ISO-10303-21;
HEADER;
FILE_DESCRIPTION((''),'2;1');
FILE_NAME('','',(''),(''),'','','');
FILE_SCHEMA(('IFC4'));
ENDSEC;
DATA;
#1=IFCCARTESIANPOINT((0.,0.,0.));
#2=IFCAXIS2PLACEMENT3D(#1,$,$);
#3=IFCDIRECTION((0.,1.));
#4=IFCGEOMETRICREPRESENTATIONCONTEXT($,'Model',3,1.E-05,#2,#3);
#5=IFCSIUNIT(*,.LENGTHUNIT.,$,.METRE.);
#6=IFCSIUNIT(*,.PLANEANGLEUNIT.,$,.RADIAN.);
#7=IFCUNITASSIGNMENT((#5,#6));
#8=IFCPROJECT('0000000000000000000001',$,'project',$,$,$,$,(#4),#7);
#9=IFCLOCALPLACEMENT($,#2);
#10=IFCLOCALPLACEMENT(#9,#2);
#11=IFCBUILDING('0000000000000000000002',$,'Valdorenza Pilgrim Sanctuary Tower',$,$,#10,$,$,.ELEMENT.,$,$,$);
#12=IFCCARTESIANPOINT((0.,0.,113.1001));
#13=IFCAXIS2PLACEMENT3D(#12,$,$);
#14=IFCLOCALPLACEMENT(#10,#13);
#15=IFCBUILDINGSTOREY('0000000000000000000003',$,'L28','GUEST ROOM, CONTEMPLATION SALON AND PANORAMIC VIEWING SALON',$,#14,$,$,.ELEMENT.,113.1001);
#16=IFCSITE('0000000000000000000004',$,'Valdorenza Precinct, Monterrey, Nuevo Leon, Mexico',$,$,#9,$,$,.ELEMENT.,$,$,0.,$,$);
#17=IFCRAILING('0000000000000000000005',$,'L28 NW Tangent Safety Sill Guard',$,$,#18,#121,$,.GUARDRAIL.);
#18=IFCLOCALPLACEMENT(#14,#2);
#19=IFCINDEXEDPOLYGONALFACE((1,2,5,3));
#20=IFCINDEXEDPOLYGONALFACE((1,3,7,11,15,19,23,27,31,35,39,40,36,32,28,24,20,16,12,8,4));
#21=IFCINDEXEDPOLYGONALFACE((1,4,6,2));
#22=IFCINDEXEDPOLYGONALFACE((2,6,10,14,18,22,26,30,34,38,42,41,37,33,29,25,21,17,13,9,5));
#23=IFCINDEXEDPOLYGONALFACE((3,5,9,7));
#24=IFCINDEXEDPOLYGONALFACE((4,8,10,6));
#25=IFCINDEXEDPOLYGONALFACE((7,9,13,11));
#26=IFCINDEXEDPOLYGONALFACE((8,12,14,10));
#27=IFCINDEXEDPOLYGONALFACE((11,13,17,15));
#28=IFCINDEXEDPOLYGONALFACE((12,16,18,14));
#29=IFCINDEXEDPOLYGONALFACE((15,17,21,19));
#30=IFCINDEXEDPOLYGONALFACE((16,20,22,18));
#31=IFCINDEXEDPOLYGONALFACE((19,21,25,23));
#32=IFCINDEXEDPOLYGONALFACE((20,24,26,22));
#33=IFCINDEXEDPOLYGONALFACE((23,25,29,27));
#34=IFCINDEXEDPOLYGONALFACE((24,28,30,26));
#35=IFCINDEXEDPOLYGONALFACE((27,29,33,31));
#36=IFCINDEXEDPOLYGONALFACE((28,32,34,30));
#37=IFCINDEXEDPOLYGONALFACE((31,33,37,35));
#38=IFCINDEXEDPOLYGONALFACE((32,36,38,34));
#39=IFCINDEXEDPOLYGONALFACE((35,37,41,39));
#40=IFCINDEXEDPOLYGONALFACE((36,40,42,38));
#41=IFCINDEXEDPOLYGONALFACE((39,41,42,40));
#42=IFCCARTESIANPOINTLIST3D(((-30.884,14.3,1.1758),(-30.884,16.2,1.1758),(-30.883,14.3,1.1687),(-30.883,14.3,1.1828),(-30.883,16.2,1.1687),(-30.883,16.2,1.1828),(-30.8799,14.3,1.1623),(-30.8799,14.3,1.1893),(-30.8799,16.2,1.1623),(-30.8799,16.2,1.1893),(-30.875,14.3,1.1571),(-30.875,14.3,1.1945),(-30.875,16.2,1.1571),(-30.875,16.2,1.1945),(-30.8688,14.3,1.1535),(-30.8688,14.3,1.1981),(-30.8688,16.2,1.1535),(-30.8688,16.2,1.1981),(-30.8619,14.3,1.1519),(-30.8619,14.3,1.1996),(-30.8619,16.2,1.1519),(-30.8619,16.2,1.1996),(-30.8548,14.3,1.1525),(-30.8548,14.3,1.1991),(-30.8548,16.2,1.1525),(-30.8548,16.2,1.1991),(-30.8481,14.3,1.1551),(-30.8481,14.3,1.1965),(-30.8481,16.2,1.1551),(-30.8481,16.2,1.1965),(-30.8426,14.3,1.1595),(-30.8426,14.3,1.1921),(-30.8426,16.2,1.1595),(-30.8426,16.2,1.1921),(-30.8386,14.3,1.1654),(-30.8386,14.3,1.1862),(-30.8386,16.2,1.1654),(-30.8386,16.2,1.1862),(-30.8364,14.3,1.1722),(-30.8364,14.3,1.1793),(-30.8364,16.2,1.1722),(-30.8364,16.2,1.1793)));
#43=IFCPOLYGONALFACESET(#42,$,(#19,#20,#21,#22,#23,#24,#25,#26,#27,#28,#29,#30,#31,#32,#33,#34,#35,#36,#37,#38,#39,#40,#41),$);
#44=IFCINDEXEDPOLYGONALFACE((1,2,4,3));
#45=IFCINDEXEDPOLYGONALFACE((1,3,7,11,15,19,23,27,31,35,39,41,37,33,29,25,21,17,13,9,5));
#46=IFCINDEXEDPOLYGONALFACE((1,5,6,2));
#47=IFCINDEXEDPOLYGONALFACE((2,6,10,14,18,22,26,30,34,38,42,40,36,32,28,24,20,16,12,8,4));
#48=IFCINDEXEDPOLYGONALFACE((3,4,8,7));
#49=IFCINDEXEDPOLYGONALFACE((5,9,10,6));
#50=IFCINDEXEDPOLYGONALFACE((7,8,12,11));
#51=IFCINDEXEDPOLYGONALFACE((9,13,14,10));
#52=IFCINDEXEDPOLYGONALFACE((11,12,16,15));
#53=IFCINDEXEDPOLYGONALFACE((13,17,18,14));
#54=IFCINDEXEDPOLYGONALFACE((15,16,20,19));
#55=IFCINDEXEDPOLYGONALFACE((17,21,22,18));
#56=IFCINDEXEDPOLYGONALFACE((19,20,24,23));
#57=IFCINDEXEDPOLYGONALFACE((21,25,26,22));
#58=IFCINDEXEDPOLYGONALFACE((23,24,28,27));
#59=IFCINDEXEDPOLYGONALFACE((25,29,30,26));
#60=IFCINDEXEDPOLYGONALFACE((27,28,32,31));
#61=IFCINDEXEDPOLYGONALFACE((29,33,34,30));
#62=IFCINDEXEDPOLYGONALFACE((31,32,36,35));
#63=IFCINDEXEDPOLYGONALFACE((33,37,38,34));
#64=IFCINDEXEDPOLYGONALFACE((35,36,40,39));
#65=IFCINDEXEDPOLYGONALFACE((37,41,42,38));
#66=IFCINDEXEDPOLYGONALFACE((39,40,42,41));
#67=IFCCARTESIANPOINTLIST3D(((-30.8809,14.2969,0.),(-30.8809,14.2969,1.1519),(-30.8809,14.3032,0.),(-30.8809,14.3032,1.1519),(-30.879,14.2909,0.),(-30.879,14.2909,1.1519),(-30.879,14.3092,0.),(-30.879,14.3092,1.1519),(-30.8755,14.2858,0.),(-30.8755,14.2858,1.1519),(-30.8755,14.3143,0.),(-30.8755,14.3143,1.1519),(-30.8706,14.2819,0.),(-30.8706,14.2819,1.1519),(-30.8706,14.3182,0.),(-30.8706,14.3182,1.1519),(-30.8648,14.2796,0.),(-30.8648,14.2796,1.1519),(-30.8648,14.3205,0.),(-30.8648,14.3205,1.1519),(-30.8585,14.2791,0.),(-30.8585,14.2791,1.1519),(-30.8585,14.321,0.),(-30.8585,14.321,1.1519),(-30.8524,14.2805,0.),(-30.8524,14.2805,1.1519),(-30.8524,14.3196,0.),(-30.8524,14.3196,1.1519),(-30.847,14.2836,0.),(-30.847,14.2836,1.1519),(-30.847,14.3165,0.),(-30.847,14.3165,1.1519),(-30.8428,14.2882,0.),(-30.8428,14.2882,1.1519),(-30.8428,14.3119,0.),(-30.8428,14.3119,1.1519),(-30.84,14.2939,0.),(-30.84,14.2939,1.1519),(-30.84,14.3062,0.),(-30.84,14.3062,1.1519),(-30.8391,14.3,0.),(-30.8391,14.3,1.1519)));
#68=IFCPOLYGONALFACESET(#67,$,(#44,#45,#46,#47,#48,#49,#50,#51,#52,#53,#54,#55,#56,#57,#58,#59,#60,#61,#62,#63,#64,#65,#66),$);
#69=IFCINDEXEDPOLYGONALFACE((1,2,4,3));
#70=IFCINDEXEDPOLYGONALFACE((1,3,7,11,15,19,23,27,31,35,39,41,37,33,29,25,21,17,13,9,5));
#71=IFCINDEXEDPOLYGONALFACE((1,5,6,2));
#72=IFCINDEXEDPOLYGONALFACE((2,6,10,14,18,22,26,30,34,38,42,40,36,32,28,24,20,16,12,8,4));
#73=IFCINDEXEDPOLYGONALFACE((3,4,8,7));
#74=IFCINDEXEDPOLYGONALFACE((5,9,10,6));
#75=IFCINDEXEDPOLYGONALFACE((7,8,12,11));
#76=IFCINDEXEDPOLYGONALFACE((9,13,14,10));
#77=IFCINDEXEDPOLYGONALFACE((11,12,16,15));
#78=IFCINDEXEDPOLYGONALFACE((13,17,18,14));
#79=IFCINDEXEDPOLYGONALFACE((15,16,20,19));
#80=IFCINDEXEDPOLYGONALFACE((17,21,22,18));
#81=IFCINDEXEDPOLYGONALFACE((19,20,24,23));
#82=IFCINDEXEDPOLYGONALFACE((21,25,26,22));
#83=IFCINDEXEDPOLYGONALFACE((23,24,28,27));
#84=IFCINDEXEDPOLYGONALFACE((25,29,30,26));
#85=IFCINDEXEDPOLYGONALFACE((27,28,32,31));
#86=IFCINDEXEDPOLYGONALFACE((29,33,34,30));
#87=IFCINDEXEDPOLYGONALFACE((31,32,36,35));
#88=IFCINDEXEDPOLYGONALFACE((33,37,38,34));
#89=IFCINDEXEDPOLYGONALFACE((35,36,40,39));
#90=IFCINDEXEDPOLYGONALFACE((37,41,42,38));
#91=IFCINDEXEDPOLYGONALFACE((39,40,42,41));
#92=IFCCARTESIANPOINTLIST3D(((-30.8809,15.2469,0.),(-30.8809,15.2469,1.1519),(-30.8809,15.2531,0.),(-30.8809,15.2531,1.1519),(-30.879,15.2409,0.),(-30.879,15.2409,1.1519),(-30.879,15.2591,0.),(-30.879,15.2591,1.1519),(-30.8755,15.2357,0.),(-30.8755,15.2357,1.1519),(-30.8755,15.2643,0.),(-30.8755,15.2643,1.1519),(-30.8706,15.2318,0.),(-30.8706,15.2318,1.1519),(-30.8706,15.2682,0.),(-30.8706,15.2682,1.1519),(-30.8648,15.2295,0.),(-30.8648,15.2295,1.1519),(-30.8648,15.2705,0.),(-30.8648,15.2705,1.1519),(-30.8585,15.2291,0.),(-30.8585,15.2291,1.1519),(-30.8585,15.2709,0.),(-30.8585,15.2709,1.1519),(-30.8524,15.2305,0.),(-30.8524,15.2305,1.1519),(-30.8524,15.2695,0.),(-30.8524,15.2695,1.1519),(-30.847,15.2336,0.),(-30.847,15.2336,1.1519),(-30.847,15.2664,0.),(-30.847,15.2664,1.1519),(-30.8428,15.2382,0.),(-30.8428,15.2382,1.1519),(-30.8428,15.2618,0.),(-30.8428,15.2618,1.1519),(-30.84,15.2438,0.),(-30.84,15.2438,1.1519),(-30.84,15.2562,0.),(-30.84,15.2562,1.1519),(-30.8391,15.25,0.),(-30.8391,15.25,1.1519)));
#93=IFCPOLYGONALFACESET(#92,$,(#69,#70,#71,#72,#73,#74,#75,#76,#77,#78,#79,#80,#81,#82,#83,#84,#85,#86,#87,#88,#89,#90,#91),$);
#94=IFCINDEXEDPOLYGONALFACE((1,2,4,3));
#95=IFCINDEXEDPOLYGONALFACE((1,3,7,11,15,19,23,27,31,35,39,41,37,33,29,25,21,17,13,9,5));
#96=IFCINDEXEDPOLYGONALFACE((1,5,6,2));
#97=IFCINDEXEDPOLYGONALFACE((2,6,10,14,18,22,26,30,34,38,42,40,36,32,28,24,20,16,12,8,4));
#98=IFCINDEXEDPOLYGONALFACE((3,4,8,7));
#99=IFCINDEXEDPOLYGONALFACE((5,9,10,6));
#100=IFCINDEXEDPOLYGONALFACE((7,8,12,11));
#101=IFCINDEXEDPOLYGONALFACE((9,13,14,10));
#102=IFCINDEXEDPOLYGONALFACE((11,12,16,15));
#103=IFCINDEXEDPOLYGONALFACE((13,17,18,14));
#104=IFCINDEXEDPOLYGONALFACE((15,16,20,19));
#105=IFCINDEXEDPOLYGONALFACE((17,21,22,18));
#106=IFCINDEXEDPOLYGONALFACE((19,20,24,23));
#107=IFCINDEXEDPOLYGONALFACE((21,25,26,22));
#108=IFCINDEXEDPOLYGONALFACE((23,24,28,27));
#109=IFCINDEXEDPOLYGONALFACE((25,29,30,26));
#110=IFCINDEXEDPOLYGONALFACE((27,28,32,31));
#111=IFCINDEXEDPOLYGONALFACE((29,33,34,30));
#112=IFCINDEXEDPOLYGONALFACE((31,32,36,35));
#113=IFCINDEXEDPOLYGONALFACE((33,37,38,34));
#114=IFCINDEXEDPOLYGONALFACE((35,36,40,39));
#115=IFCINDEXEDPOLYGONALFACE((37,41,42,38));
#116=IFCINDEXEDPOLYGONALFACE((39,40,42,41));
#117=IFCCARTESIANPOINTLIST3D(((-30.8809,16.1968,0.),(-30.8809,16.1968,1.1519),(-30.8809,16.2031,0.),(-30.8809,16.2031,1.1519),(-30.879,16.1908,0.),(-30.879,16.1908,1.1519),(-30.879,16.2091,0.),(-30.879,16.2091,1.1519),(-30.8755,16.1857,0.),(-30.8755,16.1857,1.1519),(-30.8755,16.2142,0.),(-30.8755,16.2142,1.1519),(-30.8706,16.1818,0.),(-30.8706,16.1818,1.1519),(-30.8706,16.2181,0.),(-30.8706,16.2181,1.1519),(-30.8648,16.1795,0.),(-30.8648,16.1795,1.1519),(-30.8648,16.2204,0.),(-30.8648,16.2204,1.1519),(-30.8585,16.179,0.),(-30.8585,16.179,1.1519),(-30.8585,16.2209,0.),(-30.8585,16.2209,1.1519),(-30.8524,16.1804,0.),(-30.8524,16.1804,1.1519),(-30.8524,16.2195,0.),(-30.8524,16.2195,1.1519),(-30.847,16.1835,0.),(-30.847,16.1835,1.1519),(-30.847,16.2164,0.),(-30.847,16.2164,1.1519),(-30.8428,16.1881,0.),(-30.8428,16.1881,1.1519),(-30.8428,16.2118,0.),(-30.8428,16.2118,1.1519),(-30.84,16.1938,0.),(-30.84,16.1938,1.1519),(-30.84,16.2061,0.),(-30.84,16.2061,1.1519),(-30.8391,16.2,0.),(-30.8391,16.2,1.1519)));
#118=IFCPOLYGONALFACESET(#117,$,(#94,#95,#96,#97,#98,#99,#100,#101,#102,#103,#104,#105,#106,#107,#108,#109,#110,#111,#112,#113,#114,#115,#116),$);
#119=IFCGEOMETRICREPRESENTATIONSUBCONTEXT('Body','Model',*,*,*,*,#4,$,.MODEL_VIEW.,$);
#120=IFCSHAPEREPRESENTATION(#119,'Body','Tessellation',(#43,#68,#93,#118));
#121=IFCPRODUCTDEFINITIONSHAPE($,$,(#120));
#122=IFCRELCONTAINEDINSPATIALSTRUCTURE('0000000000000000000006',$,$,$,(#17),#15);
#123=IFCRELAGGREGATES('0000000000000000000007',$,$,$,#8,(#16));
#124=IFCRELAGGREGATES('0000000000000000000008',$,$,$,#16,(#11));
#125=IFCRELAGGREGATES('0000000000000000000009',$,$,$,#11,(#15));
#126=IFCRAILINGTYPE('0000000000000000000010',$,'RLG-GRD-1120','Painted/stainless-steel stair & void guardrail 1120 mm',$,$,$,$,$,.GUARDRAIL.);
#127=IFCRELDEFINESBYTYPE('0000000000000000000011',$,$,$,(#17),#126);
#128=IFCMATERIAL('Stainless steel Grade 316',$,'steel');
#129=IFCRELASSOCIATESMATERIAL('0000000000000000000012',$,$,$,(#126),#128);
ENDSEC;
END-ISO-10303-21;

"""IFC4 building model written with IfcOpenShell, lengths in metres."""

from ifc_helpers import new_model, si_unit, direction, frame, origin, origin_2d, place, context, subcontext, project, spatial, circle, extrude, material, type_object, element, save


model = new_model("IFC4")

# Units and contexts
model_context = context("Model", 3, precision=1e-05, world=origin(), true_north=direction((0.0, 1.0)))
body_context = subcontext(model_context, "Body", "Model", "MODEL_VIEW")
ifc_project = project(units=[si_unit("LENGTHUNIT", "METRE"), si_unit("PLANEANGLEUNIT", "RADIAN")], contexts=[model_context])

# Site, building, storey
site_placement = place(None, origin())
site = spatial("IfcSite", under=ifc_project, at=site_placement, Name="Valdorenza Precinct, Monterrey, Nuevo Leon, Mexico", CompositionType="ELEMENT", RefElevation=0.0)
building_placement = place(site_placement, origin())
building = spatial("IfcBuilding", under=site, at=building_placement, Name="Valdorenza Pilgrim Sanctuary Tower", CompositionType="ELEMENT")
storey_placement = place(building_placement, frame((0.0, 0.0, 113.1001)))
storey = spatial("IfcBuildingStorey", under=building, at=storey_placement, Name="L28", Description="GUEST ROOM, CONTEMPLATION SALON AND PANORAMIC VIEWING SALON", CompositionType="ELEMENT", Elevation=113.1001)

# Railing
ifc_material_1 = material(Name="Stainless steel Grade 316", Category="steel")
railing_type = type_object("IfcRailingType", Name="RLG-GRD-1120", Description="Painted/stainless-steel stair & void guardrail 1120 mm", PredefinedType="GUARDRAIL", material=ifc_material_1)
railing_placement = place(storey_placement, frame((-30.8601, 14.3, 0.0)))
element("IfcRailing", 1, at=railing_placement, inside=storey, type_object=railing_type, Name="L28 NW Tangent Safety Sill Guard", PredefinedType="GUARDRAIL", context=body_context, shape_type="SweptSolid", body=[
    extrude(circle(Radius=0.0239, at=origin_2d()), frame((0.0, 0.0, 1.1758), z_axis=(0.0, 1.0, 0.0), x_axis=(-1.0, 0.0, 0.0)), (0.0, 0.0, 1.0), 1.8999),
    extrude(circle(Radius=0.021, at=origin_2d()), origin(), (0.0, 0.0, 1.0), 1.1519),
    extrude(circle(Radius=0.021, at=origin_2d()), frame((0.0, 0.95, 0.0)), (0.0, 0.0, 1.0), 1.1519),
    extrude(circle(Radius=0.021, at=origin_2d()), frame((0.0, 1.8999, 0.0)), (0.0, 0.0, 1.0), 1.1519),
])

save(model, "model.ifc")
